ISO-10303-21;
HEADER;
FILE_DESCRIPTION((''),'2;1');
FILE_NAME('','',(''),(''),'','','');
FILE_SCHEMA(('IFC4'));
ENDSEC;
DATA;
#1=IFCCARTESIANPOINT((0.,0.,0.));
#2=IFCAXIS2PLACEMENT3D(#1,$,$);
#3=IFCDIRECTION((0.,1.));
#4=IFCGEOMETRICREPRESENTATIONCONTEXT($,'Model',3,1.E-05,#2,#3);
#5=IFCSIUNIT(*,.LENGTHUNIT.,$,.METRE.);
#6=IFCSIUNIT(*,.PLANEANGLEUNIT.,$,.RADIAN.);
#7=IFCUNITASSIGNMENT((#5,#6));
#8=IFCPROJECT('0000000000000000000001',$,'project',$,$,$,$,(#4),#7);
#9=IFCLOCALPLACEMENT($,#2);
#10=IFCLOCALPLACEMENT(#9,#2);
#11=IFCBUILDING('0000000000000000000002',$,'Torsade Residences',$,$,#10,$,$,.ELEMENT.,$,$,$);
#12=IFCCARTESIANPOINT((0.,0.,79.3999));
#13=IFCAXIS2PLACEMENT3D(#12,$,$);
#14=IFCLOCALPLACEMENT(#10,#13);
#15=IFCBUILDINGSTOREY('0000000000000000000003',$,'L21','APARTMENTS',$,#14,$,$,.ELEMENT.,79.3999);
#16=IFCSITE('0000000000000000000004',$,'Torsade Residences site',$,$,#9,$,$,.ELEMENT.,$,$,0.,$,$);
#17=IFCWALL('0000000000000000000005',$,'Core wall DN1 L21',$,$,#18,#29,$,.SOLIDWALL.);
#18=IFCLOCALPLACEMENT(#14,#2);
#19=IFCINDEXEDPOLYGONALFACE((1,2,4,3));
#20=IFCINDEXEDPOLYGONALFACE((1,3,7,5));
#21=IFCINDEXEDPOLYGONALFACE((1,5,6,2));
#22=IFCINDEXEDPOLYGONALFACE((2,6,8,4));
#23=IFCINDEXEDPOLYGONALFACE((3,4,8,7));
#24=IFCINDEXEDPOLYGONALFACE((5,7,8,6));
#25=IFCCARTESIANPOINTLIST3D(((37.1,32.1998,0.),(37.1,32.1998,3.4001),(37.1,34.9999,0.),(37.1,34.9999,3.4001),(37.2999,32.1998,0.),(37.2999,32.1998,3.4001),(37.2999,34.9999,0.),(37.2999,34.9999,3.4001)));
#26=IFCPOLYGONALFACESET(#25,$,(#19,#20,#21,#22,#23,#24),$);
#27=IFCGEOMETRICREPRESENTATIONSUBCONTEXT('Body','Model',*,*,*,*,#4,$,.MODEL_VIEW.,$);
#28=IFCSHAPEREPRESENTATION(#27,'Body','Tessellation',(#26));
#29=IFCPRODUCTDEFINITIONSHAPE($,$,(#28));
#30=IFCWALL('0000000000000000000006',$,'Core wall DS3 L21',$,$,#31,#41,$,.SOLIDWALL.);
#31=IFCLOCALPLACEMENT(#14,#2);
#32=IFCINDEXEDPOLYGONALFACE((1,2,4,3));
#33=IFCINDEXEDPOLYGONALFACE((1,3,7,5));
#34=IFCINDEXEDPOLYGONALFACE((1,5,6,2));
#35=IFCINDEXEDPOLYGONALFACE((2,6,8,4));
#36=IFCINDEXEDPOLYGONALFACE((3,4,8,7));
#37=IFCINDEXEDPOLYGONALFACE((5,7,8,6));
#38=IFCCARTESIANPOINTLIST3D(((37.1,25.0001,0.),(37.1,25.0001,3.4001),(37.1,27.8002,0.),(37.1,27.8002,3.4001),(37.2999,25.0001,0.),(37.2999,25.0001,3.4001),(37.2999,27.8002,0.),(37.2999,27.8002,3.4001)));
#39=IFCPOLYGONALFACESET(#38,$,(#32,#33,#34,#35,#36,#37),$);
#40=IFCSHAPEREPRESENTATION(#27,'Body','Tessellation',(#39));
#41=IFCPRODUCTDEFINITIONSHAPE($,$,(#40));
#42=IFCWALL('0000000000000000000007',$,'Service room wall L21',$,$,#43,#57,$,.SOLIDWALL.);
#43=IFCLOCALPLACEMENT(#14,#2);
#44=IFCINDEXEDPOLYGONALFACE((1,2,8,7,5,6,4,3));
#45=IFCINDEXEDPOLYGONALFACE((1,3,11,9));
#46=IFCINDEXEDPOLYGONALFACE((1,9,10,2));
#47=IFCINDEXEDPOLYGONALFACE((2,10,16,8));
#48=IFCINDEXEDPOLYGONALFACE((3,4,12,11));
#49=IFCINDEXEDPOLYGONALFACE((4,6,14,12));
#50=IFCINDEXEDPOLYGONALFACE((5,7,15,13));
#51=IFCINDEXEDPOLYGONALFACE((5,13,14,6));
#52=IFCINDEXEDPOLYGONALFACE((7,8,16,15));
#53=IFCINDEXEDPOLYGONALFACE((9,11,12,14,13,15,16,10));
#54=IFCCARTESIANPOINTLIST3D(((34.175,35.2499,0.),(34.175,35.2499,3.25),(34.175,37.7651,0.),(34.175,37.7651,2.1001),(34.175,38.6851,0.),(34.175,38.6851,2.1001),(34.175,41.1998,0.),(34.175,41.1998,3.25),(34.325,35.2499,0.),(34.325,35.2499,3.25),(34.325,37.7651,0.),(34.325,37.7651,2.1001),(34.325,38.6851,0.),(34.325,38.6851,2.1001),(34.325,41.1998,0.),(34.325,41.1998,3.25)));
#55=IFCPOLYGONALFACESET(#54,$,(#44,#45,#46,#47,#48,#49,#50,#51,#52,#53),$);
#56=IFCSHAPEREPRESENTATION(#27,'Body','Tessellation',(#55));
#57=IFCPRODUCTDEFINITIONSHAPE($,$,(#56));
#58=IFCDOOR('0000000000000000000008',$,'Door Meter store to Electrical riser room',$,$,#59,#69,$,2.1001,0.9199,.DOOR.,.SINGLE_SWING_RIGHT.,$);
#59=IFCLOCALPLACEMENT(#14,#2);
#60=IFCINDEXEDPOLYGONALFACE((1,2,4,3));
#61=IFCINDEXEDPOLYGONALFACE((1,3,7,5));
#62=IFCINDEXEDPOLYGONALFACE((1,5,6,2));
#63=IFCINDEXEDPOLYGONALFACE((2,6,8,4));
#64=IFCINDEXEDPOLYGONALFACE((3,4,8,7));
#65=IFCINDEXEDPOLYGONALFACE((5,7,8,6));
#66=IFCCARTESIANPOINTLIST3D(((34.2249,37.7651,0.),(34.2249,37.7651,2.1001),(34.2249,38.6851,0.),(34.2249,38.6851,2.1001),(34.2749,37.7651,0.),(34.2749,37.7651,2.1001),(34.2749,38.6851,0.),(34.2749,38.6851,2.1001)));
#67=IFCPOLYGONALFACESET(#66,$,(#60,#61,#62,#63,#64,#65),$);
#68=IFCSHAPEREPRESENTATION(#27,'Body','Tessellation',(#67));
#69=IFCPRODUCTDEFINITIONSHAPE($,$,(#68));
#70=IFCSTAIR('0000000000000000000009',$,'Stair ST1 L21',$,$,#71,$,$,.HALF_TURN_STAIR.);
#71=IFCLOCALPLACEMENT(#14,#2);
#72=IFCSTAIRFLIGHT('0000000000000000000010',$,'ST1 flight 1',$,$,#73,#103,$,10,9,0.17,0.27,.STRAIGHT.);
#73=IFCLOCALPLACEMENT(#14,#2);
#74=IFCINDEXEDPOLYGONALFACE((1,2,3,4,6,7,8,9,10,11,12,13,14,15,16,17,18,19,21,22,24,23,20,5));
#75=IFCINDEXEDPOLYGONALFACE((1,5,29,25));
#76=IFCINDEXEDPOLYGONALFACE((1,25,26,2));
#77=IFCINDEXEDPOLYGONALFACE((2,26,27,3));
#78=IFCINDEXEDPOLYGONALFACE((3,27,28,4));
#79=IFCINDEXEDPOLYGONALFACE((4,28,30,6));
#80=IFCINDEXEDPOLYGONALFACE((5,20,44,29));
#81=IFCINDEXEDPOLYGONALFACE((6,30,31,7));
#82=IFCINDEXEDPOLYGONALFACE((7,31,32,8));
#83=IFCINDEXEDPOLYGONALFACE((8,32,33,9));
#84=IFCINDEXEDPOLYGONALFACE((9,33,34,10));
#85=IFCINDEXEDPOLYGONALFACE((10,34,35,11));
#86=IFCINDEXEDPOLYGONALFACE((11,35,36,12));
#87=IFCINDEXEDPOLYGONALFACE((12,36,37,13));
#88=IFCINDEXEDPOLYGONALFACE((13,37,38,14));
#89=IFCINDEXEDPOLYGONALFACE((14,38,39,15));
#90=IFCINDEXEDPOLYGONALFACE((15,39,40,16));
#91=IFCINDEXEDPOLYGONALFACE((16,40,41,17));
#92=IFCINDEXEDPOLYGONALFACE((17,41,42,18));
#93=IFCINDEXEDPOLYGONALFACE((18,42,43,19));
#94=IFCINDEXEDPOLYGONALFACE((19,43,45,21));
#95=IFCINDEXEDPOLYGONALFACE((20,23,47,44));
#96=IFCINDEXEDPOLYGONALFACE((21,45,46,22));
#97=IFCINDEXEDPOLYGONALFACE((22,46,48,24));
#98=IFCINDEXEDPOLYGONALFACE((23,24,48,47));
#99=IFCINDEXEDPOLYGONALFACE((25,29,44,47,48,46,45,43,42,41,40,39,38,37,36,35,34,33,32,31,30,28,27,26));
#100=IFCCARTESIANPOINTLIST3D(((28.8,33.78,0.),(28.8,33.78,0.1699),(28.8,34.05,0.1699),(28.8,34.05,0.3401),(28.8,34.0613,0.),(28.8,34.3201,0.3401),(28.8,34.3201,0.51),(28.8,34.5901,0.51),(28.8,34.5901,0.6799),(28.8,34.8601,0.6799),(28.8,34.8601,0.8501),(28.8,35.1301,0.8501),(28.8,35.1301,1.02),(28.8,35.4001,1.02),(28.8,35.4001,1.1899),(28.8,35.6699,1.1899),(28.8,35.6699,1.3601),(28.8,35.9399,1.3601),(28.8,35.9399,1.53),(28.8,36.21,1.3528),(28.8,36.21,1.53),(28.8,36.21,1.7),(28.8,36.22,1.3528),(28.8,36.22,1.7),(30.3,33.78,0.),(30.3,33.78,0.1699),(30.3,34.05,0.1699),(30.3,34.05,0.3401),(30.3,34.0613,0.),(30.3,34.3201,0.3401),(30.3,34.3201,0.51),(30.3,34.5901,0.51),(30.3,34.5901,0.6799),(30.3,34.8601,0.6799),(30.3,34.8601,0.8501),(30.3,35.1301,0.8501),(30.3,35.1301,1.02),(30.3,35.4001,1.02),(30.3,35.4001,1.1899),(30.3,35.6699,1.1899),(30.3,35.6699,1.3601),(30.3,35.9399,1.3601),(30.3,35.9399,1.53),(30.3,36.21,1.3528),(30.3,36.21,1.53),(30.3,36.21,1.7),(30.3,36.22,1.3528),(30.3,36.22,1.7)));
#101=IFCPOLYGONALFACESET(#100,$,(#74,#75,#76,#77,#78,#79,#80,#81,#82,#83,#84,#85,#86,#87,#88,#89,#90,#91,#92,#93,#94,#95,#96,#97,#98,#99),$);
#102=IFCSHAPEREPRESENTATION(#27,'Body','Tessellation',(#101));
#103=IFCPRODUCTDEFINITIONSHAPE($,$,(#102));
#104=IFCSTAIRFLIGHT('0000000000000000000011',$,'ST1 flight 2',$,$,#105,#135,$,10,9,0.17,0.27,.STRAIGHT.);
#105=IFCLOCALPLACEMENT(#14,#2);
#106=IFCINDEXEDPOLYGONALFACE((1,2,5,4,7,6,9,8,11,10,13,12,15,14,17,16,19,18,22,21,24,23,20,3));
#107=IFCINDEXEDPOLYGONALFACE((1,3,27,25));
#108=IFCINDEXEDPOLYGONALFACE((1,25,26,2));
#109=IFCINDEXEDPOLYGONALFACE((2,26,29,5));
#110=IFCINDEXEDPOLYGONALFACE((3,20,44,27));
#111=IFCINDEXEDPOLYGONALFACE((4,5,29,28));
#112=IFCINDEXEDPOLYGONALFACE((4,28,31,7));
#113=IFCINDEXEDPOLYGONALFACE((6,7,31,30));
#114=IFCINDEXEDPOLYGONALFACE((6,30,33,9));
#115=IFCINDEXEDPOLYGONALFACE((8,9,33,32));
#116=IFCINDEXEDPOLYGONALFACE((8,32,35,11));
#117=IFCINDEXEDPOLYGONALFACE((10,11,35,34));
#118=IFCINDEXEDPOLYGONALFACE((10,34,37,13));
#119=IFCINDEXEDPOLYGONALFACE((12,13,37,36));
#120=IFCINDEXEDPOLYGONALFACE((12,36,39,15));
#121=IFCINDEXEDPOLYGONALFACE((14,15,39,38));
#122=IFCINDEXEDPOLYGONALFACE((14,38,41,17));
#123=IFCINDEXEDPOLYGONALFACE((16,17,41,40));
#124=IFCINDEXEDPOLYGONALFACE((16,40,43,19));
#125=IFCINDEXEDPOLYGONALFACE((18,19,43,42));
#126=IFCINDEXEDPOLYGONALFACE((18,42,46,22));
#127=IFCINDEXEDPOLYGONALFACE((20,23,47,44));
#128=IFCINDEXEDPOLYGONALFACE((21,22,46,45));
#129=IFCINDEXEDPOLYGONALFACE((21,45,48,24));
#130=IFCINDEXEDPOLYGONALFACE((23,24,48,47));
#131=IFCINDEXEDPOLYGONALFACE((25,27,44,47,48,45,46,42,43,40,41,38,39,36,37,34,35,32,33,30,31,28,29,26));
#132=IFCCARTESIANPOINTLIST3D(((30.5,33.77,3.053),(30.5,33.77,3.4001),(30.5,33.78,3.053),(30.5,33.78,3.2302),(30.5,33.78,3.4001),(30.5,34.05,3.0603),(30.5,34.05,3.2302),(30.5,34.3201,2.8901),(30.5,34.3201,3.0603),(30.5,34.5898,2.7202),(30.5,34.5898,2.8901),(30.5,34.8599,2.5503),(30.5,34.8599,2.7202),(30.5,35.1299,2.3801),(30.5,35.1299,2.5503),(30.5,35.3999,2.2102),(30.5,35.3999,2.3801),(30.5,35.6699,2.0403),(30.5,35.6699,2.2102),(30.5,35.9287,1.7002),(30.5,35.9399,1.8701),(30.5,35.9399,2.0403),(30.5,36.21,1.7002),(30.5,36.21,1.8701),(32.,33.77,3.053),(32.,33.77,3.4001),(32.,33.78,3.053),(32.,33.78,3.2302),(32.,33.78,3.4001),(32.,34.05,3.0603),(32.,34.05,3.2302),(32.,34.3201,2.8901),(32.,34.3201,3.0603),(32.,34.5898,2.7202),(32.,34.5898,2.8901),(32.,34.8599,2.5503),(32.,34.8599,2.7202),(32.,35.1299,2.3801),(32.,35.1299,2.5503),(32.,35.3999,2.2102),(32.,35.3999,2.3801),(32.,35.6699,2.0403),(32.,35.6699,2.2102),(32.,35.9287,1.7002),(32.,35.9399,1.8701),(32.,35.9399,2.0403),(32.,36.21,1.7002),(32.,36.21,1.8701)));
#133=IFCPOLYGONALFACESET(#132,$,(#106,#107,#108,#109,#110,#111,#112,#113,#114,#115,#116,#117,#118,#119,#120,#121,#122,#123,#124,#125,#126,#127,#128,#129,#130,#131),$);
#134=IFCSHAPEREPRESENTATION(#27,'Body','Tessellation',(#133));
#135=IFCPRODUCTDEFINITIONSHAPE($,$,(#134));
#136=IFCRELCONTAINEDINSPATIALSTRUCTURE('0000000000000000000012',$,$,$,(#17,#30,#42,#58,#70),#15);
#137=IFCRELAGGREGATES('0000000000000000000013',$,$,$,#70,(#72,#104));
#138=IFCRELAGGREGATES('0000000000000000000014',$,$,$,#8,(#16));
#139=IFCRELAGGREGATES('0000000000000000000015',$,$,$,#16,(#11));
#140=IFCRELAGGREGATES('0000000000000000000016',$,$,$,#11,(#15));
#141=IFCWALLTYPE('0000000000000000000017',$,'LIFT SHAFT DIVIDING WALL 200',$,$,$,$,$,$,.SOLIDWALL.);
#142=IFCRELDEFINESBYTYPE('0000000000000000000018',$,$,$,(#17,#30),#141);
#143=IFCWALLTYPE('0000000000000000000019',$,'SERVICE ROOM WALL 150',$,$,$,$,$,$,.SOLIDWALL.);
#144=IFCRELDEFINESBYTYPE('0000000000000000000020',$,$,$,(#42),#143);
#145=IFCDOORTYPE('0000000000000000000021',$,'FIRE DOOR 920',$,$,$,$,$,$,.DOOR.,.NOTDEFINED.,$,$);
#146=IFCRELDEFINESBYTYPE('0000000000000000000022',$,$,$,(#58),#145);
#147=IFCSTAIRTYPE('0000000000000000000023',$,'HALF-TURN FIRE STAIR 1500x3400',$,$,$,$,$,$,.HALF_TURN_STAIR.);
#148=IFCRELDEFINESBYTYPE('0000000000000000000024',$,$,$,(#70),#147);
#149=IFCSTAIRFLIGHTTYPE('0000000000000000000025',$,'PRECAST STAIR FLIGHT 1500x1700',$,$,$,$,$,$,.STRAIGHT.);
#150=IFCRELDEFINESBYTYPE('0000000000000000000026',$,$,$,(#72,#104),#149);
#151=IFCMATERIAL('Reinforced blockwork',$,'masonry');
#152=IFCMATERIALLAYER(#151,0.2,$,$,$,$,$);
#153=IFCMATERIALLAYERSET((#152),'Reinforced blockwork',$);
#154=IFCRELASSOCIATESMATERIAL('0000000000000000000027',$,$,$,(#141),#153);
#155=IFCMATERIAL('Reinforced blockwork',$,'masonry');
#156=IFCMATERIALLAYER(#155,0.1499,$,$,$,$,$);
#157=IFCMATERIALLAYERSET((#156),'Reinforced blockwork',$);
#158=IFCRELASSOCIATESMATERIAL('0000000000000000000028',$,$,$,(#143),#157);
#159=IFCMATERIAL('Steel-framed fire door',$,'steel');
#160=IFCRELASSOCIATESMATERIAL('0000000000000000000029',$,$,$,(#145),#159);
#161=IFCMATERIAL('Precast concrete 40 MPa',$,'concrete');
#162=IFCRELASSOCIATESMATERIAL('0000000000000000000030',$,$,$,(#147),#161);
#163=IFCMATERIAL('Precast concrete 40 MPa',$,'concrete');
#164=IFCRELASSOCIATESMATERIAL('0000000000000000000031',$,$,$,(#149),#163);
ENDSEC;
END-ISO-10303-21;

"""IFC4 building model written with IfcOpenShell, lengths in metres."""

from ifc_helpers import new_model, si_unit, direction, frame, frame_2d, origin, place, context, subcontext, project, spatial, polyline, rectangle, outline, extrude, material, layer, layer_set, type_object, element, fill, aggregate, save


model = new_model("IFC4")

# Units and contexts
model_context = context("Model", 3, precision=1e-05, world=origin(), true_north=direction((0.0, 1.0)))
body_context = subcontext(model_context, "Body", "Model", "MODEL_VIEW")
ifc_project = project(units=[si_unit("LENGTHUNIT", "METRE"), si_unit("PLANEANGLEUNIT", "RADIAN")], contexts=[model_context])

# Site, building, storey
site_placement = place(None, origin())
site = spatial("IfcSite", under=ifc_project, at=site_placement, Name="Torsade Residences site", CompositionType="ELEMENT", RefElevation=0.0)
building_placement = place(site_placement, origin())
building = spatial("IfcBuilding", under=site, at=building_placement, Name="Torsade Residences", CompositionType="ELEMENT")
storey_placement = place(building_placement, frame((0.0, 0.0, 79.3999)))
storey = spatial("IfcBuildingStorey", under=building, at=storey_placement, Name="L21", Description="APARTMENTS", CompositionType="ELEMENT", Elevation=79.3999)

# Walls
ifc_material_1 = material(Name="Reinforced blockwork", Category="masonry")
ifc_layer_1 = layer(ifc_material_1, 0.2)
ifc_layer_set_1 = layer_set([ifc_layer_1], Name="Reinforced blockwork")
wall_type_1 = type_object("IfcWallType", Name="LIFT SHAFT DIVIDING WALL 200", PredefinedType="SOLIDWALL", material=ifc_layer_set_1)
for number, where, z_axis, x_axis, name in (
    (1, (37.2, 32.2, 0.0), (0.0, 0.0, 1.0), (0.0, 1.0, 0.0), "Core wall DN1 L21"),
    (2, (37.2, 27.8, 0.0), (0.0, 0.0, 1.0), (0.0, -1.0, 0.0), "Core wall DS3 L21"),
):
    element("IfcWall", number, at=place(storey_placement, frame(where, z_axis=z_axis, x_axis=x_axis)), inside=storey, type_object=wall_type_1, Name=name, PredefinedType="SOLIDWALL", context=body_context, shape_type="SweptSolid", body=[
        extrude(rectangle(XDim=2.8, YDim=0.2, at=frame_2d((1.3999, 0.0))), origin(), (0.0, 0.0, 1.0), 3.4001),
    ])

# Wall, opening, door
ifc_material_2 = material(Name="Reinforced blockwork", Category="masonry")
ifc_layer_2 = layer(ifc_material_2, 0.1499)
ifc_layer_set_2 = layer_set([ifc_layer_2], Name="Reinforced blockwork")
wall_type_2 = type_object("IfcWallType", Name="SERVICE ROOM WALL 150", PredefinedType="SOLIDWALL", material=ifc_layer_set_2)
wall_1_placement = place(storey_placement, frame((34.25, 41.2, 0.0), z_axis=(0.0, 0.0, 1.0), x_axis=(0.0, -1.0, 0.0)))
wall_1 = element("IfcWall", 3, at=wall_1_placement, inside=storey, type_object=wall_type_2, Name="Service room wall L21", PredefinedType="SOLIDWALL", context=body_context, shape_type="SweptSolid", body=[
    extrude(rectangle(XDim=5.95, YDim=0.1499, at=frame_2d((2.9751, 0.0))), origin(), (0.0, 0.0, 1.0), 3.25),
])
opening_placement = place(wall_1_placement, frame((2.5149, 0.0, 0.0)))
opening = element("IfcOpeningElement", 4, at=opening_placement, cuts=wall_1, PredefinedType="OPENING", context=body_context, shape_type="SweptSolid", body=[
    extrude(rectangle(XDim=0.9199, YDim=2.1001, at=frame_2d((0.46, 1.05))), frame((0.0, 0.085, 0.0), z_axis=(0.0, -1.0, 0.0), x_axis=(1.0, 0.0, 0.0)), (0.0, 0.0, 1.0), 0.1699),
])
ifc_material_3 = material(Name="Steel-framed fire door", Category="steel")
door_type = type_object("IfcDoorType", Name="FIRE DOOR 920", OperationType="NOTDEFINED", PredefinedType="DOOR", material=ifc_material_3)
door_placement = place(opening_placement, origin())
door = element("IfcDoor", 5, at=door_placement, inside=storey, type_object=door_type, Name="Door Meter store to Electrical riser room", OperationType="SINGLE_SWING_RIGHT", OverallHeight=2.1001, OverallWidth=0.9199, PredefinedType="DOOR", context=body_context, shape_type="SweptSolid", body=[
    extrude(rectangle(XDim=0.9199, YDim=2.1001, at=frame_2d((0.46, 1.05))), frame((0.0, 0.0249, 0.0), z_axis=(0.0, -1.0, 0.0), x_axis=(1.0, 0.0, 0.0)), (0.0, 0.0, 1.0), 0.05),
])
fill(opening, door)

# Stair, stair flights
ifc_material_4 = material(Name="Precast concrete 40 MPa", Category="concrete")
stair_type = type_object("IfcStairType", Name="HALF-TURN FIRE STAIR 1500x3400", PredefinedType="HALF_TURN_STAIR", material=ifc_material_4)
stair_placement = place(storey_placement, origin())
stair = element("IfcStair", 6, at=stair_placement, inside=storey, type_object=stair_type, Name="Stair ST1 L21", PredefinedType="HALF_TURN_STAIR")
ifc_material_5 = material(Name="Precast concrete 40 MPa", Category="concrete")
stair_flight_type = type_object("IfcStairFlightType", Name="PRECAST STAIR FLIGHT 1500x1700", PredefinedType="STRAIGHT", material=ifc_material_5)
stair_flight_1_placement = place(storey_placement, frame((29.55, 33.78, 0.0), z_axis=(0.0, 0.0, 1.0), x_axis=(0.0, 1.0, 0.0)))
stair_flight_1 = element("IfcStairFlight", 7, at=stair_flight_1_placement, type_object=stair_flight_type, Name="ST1 flight 1", NumberOfRisers=10, NumberOfTreads=9, PredefinedType="STRAIGHT", RiserHeight=0.17, TreadLength=0.27, context=body_context, shape_type="SweptSolid", body=[
    extrude(outline(polyline([(0.0, 0.0), (0.0, 0.1699), (0.27, 0.1699), (0.27, 0.3401), (0.54, 0.3401), (0.54, 0.51), (0.8101, 0.51), (0.8101, 0.6799), (1.0801, 0.6799), (1.0801, 0.8501), (1.3501, 0.8501), (1.3501, 1.02), (1.6201, 1.02), (1.6201, 1.1899), (1.8899, 1.1899), (1.8899, 1.3601), (2.1599, 1.3601), (2.1599, 1.53), (2.4299, 1.53), (2.4299, 1.7), (2.4399, 1.7), (2.4399, 1.3528), (2.4299, 1.3528), (0.2812, 0.0), (0.0, 0.0)])), frame((0.0, 0.75, 0.0), z_axis=(0.0, -1.0, 0.0), x_axis=(1.0, 0.0, 0.0)), (0.0, 0.0, 1.0), 1.5),
])
stair_flight_2_placement = place(storey_placement, frame((31.25, 36.21, 1.7002), z_axis=(0.0, 0.0, 1.0), x_axis=(0.0, -1.0, 0.0)))
stair_flight_2 = element("IfcStairFlight", 8, at=stair_flight_2_placement, type_object=stair_flight_type, Name="ST1 flight 2", NumberOfRisers=10, NumberOfTreads=9, PredefinedType="STRAIGHT", RiserHeight=0.17, TreadLength=0.27, context=body_context, shape_type="SweptSolid", body=[
    extrude(outline(polyline([(0.0, 0.0), (0.0, 0.1699), (0.27, 0.1699), (0.27, 0.3401), (0.54, 0.3401), (0.54, 0.51), (0.8101, 0.51), (0.8101, 0.6799), (1.0801, 0.6799), (1.0801, 0.8501), (1.3501, 0.8501), (1.3501, 1.02), (1.6201, 1.02), (1.6201, 1.1899), (1.8899, 1.1899), (1.8899, 1.3601), (2.1599, 1.3601), (2.1599, 1.53), (2.4299, 1.53), (2.4299, 1.7), (2.4399, 1.7), (2.4399, 1.3528), (2.4299, 1.3528), (0.2812, 0.0), (0.0, 0.0)])), frame((0.0, 0.75, 0.0), z_axis=(0.0, -1.0, 0.0), x_axis=(1.0, 0.0, 0.0)), (0.0, 0.0, 1.0), 1.5),
])
aggregate(stair, [stair_flight_1, stair_flight_2])

save(model, "model.ifc")
